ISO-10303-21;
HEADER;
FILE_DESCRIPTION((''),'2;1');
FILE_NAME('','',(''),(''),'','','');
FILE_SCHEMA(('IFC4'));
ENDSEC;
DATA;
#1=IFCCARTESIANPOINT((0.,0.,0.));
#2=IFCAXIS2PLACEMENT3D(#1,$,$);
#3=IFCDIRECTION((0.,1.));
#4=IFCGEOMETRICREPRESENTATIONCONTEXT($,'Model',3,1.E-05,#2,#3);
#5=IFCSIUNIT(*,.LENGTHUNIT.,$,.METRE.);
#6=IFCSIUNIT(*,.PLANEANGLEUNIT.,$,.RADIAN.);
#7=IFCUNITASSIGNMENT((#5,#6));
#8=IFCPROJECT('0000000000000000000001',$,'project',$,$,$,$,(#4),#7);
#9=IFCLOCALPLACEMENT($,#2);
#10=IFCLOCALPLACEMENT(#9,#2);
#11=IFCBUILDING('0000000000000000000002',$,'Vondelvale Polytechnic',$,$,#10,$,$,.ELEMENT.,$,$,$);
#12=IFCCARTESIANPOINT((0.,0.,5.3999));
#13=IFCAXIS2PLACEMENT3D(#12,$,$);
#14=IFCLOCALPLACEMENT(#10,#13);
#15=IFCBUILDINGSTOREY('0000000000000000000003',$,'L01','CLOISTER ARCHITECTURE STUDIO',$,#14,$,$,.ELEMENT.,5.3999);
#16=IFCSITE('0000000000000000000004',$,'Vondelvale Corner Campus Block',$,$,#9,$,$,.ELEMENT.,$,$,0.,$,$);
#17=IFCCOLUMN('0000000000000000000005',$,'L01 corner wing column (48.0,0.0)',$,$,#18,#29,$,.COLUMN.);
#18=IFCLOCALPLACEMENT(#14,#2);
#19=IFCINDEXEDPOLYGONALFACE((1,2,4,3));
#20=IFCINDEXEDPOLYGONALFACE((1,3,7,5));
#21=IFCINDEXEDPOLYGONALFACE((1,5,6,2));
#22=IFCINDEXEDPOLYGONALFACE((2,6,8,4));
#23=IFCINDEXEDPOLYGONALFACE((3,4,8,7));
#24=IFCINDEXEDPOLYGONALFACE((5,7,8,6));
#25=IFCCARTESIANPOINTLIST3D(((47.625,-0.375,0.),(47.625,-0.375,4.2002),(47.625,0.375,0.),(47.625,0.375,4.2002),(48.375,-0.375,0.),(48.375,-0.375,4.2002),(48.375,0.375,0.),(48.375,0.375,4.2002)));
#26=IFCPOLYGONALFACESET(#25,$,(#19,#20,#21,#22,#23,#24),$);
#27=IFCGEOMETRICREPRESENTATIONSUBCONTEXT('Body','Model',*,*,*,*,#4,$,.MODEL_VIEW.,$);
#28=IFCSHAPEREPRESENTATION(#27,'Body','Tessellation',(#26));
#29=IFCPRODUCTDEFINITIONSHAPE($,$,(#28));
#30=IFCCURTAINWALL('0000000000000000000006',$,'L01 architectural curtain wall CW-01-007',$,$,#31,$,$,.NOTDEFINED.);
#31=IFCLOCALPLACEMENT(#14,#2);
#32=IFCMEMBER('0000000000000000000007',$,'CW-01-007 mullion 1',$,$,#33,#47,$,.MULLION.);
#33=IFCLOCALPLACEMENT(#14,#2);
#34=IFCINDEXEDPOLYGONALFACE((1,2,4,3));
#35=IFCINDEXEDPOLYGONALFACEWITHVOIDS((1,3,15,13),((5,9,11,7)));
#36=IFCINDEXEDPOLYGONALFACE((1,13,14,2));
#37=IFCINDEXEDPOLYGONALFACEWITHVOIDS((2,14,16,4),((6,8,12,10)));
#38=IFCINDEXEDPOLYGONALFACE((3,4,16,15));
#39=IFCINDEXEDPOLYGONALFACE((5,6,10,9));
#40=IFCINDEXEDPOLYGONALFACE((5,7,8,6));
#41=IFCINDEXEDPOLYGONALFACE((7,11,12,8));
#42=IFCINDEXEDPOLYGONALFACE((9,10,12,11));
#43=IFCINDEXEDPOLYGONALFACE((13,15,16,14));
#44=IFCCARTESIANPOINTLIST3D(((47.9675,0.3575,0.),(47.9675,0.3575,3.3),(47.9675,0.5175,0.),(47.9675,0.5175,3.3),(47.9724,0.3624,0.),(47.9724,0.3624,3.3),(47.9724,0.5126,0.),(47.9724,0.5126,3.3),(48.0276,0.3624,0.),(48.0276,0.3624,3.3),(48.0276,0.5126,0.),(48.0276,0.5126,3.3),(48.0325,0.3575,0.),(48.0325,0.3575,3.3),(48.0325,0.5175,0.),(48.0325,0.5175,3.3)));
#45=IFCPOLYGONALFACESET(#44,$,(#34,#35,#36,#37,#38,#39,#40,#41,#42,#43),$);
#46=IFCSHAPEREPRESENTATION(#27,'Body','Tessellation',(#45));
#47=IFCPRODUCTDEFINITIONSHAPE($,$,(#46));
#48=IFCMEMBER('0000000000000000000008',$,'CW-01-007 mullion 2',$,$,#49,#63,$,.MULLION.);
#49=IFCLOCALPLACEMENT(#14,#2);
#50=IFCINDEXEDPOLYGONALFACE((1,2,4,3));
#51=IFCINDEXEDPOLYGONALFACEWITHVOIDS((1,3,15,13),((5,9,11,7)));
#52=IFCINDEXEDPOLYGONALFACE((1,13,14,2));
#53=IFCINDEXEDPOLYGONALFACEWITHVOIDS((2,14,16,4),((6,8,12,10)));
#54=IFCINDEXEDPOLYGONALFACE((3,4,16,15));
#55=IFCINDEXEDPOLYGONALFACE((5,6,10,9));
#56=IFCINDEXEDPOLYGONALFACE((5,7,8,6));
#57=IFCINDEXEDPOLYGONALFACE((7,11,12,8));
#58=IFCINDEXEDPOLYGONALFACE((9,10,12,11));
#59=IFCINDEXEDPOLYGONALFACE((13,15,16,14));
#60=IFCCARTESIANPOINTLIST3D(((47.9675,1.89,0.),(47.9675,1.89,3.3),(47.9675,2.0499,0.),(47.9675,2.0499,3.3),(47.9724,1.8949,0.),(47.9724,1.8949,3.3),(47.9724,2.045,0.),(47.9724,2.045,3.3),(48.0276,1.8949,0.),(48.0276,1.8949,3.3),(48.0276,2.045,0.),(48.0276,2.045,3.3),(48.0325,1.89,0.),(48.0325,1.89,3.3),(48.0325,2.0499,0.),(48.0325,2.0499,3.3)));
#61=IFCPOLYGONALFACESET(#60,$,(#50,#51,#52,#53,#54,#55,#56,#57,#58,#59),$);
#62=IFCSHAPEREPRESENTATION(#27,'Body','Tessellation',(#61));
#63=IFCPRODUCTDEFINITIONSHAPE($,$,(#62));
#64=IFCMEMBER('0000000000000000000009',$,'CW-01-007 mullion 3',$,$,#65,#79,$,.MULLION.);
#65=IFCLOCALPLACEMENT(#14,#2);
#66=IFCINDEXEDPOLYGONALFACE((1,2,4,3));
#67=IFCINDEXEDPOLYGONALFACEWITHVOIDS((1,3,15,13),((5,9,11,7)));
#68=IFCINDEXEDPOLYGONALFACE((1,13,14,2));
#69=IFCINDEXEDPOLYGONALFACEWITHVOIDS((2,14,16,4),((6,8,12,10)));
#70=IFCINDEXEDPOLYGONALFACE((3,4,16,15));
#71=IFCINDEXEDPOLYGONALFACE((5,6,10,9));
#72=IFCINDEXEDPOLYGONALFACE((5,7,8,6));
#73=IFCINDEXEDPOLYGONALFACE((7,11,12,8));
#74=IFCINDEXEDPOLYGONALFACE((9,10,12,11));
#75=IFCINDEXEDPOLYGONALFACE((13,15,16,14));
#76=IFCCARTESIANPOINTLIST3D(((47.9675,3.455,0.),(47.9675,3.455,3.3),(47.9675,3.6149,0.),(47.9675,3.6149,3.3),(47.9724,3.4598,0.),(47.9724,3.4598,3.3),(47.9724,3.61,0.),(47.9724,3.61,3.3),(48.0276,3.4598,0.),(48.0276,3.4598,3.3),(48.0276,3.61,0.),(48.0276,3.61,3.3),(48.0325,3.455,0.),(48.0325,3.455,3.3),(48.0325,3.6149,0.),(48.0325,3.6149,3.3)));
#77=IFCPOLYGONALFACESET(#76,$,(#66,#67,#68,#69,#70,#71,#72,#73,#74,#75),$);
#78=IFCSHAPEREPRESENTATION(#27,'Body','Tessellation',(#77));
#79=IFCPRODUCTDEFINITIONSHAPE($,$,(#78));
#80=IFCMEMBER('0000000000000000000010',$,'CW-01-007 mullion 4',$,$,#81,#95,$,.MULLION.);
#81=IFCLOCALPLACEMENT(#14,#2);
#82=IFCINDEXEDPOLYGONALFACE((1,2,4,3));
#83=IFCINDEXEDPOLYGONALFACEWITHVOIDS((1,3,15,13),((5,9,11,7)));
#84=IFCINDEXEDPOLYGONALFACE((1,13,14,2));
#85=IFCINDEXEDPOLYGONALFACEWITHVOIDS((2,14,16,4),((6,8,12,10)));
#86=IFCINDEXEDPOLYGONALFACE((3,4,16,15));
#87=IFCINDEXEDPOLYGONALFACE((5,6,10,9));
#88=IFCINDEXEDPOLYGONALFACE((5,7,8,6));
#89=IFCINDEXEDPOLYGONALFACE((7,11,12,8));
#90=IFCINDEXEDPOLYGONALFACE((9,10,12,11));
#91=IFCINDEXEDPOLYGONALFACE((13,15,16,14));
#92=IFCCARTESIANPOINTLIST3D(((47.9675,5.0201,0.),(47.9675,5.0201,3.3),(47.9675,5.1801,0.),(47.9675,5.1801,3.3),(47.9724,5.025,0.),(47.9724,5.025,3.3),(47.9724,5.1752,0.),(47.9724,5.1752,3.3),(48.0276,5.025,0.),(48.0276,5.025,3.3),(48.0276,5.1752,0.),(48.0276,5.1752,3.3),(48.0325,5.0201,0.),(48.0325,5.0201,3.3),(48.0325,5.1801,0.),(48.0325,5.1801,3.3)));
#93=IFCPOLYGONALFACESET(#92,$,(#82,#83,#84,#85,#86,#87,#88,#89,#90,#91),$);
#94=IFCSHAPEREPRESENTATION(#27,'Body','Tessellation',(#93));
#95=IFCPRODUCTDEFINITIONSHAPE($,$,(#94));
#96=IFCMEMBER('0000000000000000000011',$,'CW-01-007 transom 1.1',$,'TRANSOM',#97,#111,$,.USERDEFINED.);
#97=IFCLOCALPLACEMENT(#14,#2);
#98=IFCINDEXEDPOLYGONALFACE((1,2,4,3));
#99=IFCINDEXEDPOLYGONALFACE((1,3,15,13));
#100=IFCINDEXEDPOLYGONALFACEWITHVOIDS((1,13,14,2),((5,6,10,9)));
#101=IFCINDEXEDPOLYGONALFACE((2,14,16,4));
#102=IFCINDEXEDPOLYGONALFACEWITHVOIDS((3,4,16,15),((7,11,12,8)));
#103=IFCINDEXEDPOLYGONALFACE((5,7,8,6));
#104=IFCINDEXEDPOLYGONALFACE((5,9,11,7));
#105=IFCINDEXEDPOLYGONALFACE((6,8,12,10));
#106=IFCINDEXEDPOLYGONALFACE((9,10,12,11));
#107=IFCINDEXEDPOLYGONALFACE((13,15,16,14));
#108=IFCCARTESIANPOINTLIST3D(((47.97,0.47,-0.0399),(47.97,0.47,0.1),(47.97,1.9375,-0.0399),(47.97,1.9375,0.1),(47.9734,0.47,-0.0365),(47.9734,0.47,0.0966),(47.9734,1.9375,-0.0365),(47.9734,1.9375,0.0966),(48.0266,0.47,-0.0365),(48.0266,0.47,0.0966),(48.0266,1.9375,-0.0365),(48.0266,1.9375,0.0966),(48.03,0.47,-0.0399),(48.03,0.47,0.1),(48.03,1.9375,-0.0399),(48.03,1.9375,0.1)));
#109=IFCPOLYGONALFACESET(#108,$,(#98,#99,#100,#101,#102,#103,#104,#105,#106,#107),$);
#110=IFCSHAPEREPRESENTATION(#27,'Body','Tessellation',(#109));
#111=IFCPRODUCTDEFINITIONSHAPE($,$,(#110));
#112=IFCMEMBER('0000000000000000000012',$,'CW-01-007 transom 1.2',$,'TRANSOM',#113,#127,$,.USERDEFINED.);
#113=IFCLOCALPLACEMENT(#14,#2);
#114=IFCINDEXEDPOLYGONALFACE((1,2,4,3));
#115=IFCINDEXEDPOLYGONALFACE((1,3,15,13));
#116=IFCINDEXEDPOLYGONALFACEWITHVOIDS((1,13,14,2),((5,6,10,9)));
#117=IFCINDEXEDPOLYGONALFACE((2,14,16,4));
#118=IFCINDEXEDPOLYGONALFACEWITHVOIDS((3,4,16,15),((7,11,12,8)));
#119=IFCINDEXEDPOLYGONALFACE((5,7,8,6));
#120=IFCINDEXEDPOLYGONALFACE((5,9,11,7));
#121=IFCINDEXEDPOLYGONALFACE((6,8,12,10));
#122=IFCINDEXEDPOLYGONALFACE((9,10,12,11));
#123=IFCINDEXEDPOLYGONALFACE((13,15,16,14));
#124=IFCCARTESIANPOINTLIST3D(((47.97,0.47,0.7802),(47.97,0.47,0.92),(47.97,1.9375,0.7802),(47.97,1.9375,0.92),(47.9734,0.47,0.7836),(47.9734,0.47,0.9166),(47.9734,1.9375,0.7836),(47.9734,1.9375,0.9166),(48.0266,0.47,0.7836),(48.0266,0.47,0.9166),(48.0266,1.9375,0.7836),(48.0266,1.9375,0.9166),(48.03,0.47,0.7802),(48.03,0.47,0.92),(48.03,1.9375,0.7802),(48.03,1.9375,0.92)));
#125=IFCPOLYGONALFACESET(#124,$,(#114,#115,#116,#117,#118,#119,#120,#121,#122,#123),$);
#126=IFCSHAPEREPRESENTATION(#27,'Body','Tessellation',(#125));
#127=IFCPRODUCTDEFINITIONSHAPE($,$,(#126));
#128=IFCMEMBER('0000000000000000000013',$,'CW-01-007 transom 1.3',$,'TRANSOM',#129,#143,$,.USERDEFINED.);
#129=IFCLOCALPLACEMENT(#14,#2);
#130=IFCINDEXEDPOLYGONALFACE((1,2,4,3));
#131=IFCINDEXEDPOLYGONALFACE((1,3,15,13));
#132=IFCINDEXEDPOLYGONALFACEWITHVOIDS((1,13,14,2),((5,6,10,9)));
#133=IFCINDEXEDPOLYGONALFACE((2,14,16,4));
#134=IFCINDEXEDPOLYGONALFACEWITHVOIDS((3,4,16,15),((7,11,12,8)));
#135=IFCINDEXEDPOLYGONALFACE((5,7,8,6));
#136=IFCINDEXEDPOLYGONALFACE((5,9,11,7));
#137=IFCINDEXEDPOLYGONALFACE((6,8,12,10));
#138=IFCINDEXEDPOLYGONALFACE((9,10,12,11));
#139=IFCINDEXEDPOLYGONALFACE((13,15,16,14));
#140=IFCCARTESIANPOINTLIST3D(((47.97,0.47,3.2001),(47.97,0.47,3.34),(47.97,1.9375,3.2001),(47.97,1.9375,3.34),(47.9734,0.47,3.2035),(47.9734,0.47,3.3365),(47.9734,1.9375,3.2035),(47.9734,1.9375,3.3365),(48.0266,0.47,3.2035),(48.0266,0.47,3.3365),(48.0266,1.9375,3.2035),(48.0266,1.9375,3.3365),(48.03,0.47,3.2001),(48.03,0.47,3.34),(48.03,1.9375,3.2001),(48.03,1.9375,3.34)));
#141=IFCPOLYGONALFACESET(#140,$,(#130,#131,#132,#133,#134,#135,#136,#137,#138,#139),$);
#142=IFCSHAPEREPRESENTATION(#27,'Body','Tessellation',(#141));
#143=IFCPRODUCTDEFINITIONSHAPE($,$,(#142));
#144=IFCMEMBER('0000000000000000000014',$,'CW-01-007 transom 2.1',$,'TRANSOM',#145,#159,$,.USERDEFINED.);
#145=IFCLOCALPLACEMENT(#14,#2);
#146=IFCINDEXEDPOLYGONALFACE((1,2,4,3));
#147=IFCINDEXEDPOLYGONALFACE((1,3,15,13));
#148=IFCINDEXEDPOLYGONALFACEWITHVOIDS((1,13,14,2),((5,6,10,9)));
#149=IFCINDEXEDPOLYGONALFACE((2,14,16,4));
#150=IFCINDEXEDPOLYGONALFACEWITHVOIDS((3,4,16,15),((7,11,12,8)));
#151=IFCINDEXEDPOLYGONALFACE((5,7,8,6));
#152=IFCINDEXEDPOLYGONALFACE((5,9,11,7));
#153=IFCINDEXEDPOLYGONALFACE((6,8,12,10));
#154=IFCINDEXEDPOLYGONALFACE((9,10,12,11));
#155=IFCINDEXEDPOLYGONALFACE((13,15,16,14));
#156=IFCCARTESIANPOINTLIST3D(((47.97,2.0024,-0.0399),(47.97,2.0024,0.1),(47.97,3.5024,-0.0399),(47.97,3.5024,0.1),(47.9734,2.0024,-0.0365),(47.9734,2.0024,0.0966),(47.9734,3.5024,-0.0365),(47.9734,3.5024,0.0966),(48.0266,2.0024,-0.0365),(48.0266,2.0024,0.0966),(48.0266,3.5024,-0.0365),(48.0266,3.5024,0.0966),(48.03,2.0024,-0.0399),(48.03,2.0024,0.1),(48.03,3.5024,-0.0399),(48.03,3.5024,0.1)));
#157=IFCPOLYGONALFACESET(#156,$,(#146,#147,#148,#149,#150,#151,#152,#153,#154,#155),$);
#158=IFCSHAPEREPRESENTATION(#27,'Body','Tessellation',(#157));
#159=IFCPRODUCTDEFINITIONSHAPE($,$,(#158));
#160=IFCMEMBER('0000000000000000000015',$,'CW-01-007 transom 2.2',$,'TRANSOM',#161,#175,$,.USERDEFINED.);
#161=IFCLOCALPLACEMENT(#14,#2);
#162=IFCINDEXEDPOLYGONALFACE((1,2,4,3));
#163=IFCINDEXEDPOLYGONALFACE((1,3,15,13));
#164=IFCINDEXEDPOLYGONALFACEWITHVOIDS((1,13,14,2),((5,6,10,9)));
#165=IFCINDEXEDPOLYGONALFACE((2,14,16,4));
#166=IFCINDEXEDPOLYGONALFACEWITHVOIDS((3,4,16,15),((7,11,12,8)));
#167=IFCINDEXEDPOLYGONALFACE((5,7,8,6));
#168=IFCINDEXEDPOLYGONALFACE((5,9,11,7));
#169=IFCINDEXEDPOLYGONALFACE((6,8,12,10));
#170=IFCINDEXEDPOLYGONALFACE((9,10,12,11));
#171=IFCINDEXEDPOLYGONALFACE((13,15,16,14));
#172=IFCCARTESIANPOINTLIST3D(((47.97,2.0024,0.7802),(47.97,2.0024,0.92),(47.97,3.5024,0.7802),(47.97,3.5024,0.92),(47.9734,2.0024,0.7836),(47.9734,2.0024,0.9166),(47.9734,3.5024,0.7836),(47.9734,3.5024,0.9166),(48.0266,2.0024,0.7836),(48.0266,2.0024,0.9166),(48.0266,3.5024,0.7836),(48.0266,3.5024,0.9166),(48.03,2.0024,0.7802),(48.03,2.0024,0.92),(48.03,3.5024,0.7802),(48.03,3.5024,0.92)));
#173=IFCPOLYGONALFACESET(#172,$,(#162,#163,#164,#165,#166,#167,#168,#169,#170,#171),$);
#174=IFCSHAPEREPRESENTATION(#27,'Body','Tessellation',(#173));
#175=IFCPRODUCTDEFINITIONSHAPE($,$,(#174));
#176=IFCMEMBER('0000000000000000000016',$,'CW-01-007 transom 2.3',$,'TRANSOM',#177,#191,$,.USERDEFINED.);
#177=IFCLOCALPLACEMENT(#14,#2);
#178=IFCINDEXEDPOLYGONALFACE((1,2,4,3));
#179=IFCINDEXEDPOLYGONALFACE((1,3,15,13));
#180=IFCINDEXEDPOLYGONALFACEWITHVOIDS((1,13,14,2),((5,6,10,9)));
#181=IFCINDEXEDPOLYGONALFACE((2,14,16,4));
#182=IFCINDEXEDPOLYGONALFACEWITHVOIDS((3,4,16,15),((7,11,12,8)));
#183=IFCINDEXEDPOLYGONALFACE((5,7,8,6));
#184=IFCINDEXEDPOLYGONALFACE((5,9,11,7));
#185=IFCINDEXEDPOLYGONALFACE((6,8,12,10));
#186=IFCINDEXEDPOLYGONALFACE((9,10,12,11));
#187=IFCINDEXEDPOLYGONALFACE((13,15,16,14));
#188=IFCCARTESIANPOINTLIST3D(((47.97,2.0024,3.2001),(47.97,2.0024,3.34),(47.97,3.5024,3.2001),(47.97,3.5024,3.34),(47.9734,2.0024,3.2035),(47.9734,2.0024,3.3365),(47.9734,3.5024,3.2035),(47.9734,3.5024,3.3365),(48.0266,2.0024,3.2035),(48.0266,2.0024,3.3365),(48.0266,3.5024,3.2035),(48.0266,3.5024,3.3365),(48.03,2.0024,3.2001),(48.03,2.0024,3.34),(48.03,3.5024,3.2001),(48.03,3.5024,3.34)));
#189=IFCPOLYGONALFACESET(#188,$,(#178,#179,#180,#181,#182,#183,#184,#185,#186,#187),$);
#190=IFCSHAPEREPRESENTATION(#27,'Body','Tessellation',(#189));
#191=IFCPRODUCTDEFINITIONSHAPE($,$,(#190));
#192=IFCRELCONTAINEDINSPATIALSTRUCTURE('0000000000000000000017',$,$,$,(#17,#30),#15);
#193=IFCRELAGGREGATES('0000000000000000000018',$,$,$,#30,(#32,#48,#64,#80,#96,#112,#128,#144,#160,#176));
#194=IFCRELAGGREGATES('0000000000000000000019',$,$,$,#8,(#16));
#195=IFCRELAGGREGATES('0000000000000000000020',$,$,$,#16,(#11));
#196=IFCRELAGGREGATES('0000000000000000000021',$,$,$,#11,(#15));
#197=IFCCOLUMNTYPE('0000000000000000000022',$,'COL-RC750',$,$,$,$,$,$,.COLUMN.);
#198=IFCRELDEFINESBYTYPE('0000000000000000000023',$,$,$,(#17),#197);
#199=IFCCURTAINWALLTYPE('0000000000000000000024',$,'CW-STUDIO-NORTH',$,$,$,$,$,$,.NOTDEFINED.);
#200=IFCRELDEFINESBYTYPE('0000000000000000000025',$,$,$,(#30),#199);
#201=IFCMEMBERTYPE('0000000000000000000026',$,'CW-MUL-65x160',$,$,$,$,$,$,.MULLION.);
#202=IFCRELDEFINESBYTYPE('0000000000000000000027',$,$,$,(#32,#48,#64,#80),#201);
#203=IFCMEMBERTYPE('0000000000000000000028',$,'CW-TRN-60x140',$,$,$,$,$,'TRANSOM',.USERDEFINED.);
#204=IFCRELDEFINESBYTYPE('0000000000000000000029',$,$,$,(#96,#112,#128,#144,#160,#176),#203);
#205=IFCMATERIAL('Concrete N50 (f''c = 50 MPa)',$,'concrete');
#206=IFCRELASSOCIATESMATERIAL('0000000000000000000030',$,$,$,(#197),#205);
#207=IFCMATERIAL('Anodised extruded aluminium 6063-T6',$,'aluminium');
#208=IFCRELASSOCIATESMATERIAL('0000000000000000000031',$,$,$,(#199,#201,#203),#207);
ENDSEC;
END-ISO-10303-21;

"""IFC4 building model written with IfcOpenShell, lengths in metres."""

from ifc_helpers import new_model, si_unit, direction, frame, origin, origin_2d, place, context, subcontext, project, spatial, rectangle, hollow_rectangle, extrude, material, material_profile, profile_set, type_object, element, aggregate, save


model = new_model("IFC4")

# Units and contexts
model_context = context("Model", 3, precision=1e-05, world=origin(), true_north=direction((0.0, 1.0)))
body_context = subcontext(model_context, "Body", "Model", "MODEL_VIEW")
ifc_project = project(units=[si_unit("LENGTHUNIT", "METRE"), si_unit("PLANEANGLEUNIT", "RADIAN")], contexts=[model_context])

# Site, building, storey
site_placement = place(None, origin())
site = spatial("IfcSite", under=ifc_project, at=site_placement, Name="Vondelvale Corner Campus Block", CompositionType="ELEMENT", RefElevation=0.0)
building_placement = place(site_placement, origin())
building = spatial("IfcBuilding", under=site, at=building_placement, Name="Vondelvale Polytechnic", CompositionType="ELEMENT")
storey_placement = place(building_placement, frame((0.0, 0.0, 5.3999)))
storey = spatial("IfcBuildingStorey", under=building, at=storey_placement, Name="L01", Description="CLOISTER ARCHITECTURE STUDIO", CompositionType="ELEMENT", Elevation=5.3999)

# Column
ifc_material_1 = material(Name="Concrete N50 (f'c = 50 MPa)", Category="concrete")
ifc_material_profile_1 = material_profile(ifc_material_1, rectangle(XDim=0.75, YDim=0.75, at=origin_2d()), Name="RC-COL-750x750")
ifc_profile_set_1 = profile_set([ifc_material_profile_1], Name="Concrete N50 (f'c = 50 MPa)")
column_type = type_object("IfcColumnType", Name="COL-RC750", PredefinedType="COLUMN", material=ifc_profile_set_1)
column_placement = place(storey_placement, frame((48.0, 0.0, 0.0), z_axis=(0.0, 0.0, 1.0), x_axis=(1.0, 0.0, 0.0)))
element("IfcColumn", 1, at=column_placement, inside=storey, type_object=column_type, Name="L01 corner wing column (48.0,0.0)", PredefinedType="COLUMN", context=body_context, shape_type="SweptSolid", body=[
    extrude(rectangle(XDim=0.75, YDim=0.75, at=origin_2d()), origin(), (0.0, 0.0, 1.0), 4.2002),
])

# Curtain wall, members
ifc_material_2 = material(Name="Anodised extruded aluminium 6063-T6", Category="aluminium")
curtain_wall_type = type_object("IfcCurtainWallType", Name="CW-STUDIO-NORTH", PredefinedType="NOTDEFINED", material=ifc_material_2)
curtain_wall_placement = place(storey_placement, origin())
curtain_wall = element("IfcCurtainWall", 2, at=curtain_wall_placement, inside=storey, type_object=curtain_wall_type, Name="L01 architectural curtain wall CW-01-007", PredefinedType="NOTDEFINED")
ifc_material_profile_2 = material_profile(ifc_material_2, hollow_rectangle(XDim=0.0649, YDim=0.1599, WallThickness=0.0049, at=origin_2d()), Name="CW-MUL-160x65")
ifc_profile_set_2 = profile_set([ifc_material_profile_2], Name="Anodised extruded aluminium 6063-T6")
member_type_1 = type_object("IfcMemberType", Name="CW-MUL-65x160", PredefinedType="MULLION", material=ifc_profile_set_2)
member_1_placement = place(storey_placement, frame((48.0, 0.4375, 0.0), z_axis=(0.0, 0.0, 1.0), x_axis=(-1.0, 0.0, 0.0)))
member_1 = element("IfcMember", 3, at=member_1_placement, type_object=member_type_1, Name="CW-01-007 mullion 1", PredefinedType="MULLION", context=body_context, shape_type="SweptSolid", body=[
    extrude(hollow_rectangle(XDim=0.0649, YDim=0.1599, WallThickness=0.0049, at=origin_2d()), origin(), (0.0, 0.0, 1.0), 3.3),
])
member_2_placement = place(storey_placement, frame((48.0, 1.97, 0.0), z_axis=(0.0, 0.0, 1.0), x_axis=(-1.0, 0.0, 0.0)))
member_2 = element("IfcMember", 4, at=member_2_placement, type_object=member_type_1, Name="CW-01-007 mullion 2", PredefinedType="MULLION", context=body_context, shape_type="SweptSolid", body=[
    extrude(hollow_rectangle(XDim=0.0649, YDim=0.1599, WallThickness=0.0049, at=origin_2d()), origin(), (0.0, 0.0, 1.0), 3.3),
])
member_3_placement = place(storey_placement, frame((48.0, 3.5349, 0.0), z_axis=(0.0, 0.0, 1.0), x_axis=(-1.0, 0.0, 0.0)))
member_3 = element("IfcMember", 5, at=member_3_placement, type_object=member_type_1, Name="CW-01-007 mullion 3", PredefinedType="MULLION", context=body_context, shape_type="SweptSolid", body=[
    extrude(hollow_rectangle(XDim=0.0649, YDim=0.1599, WallThickness=0.0049, at=origin_2d()), origin(), (0.0, 0.0, 1.0), 3.3),
])
member_4_placement = place(storey_placement, frame((48.0, 5.1001, 0.0), z_axis=(0.0, 0.0, 1.0), x_axis=(-1.0, 0.0, 0.0)))
member_4 = element("IfcMember", 6, at=member_4_placement, type_object=member_type_1, Name="CW-01-007 mullion 4", PredefinedType="MULLION", context=body_context, shape_type="SweptSolid", body=[
    extrude(hollow_rectangle(XDim=0.0649, YDim=0.1599, WallThickness=0.0049, at=origin_2d()), origin(), (0.0, 0.0, 1.0), 3.3),
])
ifc_material_profile_3 = material_profile(ifc_material_2, hollow_rectangle(XDim=0.0601, YDim=0.1399, WallThickness=0.0034, at=origin_2d()), Name="CW-TRN-140x60")
ifc_profile_set_3 = profile_set([ifc_material_profile_3], Name="Anodised extruded aluminium 6063-T6")
member_type_2 = type_object("IfcMemberType", Name="CW-TRN-60x140", ElementType="TRANSOM", PredefinedType="USERDEFINED", material=ifc_profile_set_3)
member_5_placement = place(storey_placement, frame((48.0, 0.47, 0.03), z_axis=(0.0, 1.0, 0.0), x_axis=(-1.0, 0.0, 0.0)))
member_5 = element("IfcMember", 7, at=member_5_placement, type_object=member_type_2, Name="CW-01-007 transom 1.1", ObjectType="TRANSOM", PredefinedType="USERDEFINED", context=body_context, shape_type="SweptSolid", body=[
    extrude(hollow_rectangle(XDim=0.0601, YDim=0.1399, WallThickness=0.0034, at=origin_2d()), origin(), (0.0, 0.0, 1.0), 1.4675),
])
member_6_placement = place(storey_placement, frame((48.0, 0.47, 0.8501), z_axis=(0.0, 1.0, 0.0), x_axis=(-1.0, 0.0, 0.0)))
member_6 = element("IfcMember", 8, at=member_6_placement, type_object=member_type_2, Name="CW-01-007 transom 1.2", ObjectType="TRANSOM", PredefinedType="USERDEFINED", context=body_context, shape_type="SweptSolid", body=[
    extrude(hollow_rectangle(XDim=0.0601, YDim=0.1399, WallThickness=0.0034, at=origin_2d()), origin(), (0.0, 0.0, 1.0), 1.4675),
])
member_7_placement = place(storey_placement, frame((48.0, 0.47, 3.27), z_axis=(0.0, 1.0, 0.0), x_axis=(-1.0, 0.0, 0.0)))
member_7 = element("IfcMember", 9, at=member_7_placement, type_object=member_type_2, Name="CW-01-007 transom 1.3", ObjectType="TRANSOM", PredefinedType="USERDEFINED", context=body_context, shape_type="SweptSolid", body=[
    extrude(hollow_rectangle(XDim=0.0601, YDim=0.1399, WallThickness=0.0034, at=origin_2d()), origin(), (0.0, 0.0, 1.0), 1.4675),
])
member_8_placement = place(storey_placement, frame((48.0, 2.0024, 0.03), z_axis=(0.0, 1.0, 0.0), x_axis=(-1.0, 0.0, 0.0)))
member_8 = element("IfcMember", 10, at=member_8_placement, type_object=member_type_2, Name="CW-01-007 transom 2.1", ObjectType="TRANSOM", PredefinedType="USERDEFINED", context=body_context, shape_type="SweptSolid", body=[
    extrude(hollow_rectangle(XDim=0.0601, YDim=0.1399, WallThickness=0.0034, at=origin_2d()), origin(), (0.0, 0.0, 1.0), 1.5),
])
member_9_placement = place(storey_placement, frame((48.0, 2.0024, 0.8501), z_axis=(0.0, 1.0, 0.0), x_axis=(-1.0, 0.0, 0.0)))
member_9 = element("IfcMember", 11, at=member_9_placement, type_object=member_type_2, Name="CW-01-007 transom 2.2", ObjectType="TRANSOM", PredefinedType="USERDEFINED", context=body_context, shape_type="SweptSolid", body=[
    extrude(hollow_rectangle(XDim=0.0601, YDim=0.1399, WallThickness=0.0034, at=origin_2d()), origin(), (0.0, 0.0, 1.0), 1.5),
])
member_10_placement = place(storey_placement, frame((48.0, 2.0024, 3.27), z_axis=(0.0, 1.0, 0.0), x_axis=(-1.0, 0.0, 0.0)))
member_10 = element("IfcMember", 12, at=member_10_placement, type_object=member_type_2, Name="CW-01-007 transom 2.3", ObjectType="TRANSOM", PredefinedType="USERDEFINED", context=body_context, shape_type="SweptSolid", body=[
    extrude(hollow_rectangle(XDim=0.0601, YDim=0.1399, WallThickness=0.0034, at=origin_2d()), origin(), (0.0, 0.0, 1.0), 1.5),
])

aggregate(curtain_wall, [member_1, member_2, member_3, member_4, member_5, member_6, member_7, member_8, member_9, member_10])

save(model, "model.ifc")
